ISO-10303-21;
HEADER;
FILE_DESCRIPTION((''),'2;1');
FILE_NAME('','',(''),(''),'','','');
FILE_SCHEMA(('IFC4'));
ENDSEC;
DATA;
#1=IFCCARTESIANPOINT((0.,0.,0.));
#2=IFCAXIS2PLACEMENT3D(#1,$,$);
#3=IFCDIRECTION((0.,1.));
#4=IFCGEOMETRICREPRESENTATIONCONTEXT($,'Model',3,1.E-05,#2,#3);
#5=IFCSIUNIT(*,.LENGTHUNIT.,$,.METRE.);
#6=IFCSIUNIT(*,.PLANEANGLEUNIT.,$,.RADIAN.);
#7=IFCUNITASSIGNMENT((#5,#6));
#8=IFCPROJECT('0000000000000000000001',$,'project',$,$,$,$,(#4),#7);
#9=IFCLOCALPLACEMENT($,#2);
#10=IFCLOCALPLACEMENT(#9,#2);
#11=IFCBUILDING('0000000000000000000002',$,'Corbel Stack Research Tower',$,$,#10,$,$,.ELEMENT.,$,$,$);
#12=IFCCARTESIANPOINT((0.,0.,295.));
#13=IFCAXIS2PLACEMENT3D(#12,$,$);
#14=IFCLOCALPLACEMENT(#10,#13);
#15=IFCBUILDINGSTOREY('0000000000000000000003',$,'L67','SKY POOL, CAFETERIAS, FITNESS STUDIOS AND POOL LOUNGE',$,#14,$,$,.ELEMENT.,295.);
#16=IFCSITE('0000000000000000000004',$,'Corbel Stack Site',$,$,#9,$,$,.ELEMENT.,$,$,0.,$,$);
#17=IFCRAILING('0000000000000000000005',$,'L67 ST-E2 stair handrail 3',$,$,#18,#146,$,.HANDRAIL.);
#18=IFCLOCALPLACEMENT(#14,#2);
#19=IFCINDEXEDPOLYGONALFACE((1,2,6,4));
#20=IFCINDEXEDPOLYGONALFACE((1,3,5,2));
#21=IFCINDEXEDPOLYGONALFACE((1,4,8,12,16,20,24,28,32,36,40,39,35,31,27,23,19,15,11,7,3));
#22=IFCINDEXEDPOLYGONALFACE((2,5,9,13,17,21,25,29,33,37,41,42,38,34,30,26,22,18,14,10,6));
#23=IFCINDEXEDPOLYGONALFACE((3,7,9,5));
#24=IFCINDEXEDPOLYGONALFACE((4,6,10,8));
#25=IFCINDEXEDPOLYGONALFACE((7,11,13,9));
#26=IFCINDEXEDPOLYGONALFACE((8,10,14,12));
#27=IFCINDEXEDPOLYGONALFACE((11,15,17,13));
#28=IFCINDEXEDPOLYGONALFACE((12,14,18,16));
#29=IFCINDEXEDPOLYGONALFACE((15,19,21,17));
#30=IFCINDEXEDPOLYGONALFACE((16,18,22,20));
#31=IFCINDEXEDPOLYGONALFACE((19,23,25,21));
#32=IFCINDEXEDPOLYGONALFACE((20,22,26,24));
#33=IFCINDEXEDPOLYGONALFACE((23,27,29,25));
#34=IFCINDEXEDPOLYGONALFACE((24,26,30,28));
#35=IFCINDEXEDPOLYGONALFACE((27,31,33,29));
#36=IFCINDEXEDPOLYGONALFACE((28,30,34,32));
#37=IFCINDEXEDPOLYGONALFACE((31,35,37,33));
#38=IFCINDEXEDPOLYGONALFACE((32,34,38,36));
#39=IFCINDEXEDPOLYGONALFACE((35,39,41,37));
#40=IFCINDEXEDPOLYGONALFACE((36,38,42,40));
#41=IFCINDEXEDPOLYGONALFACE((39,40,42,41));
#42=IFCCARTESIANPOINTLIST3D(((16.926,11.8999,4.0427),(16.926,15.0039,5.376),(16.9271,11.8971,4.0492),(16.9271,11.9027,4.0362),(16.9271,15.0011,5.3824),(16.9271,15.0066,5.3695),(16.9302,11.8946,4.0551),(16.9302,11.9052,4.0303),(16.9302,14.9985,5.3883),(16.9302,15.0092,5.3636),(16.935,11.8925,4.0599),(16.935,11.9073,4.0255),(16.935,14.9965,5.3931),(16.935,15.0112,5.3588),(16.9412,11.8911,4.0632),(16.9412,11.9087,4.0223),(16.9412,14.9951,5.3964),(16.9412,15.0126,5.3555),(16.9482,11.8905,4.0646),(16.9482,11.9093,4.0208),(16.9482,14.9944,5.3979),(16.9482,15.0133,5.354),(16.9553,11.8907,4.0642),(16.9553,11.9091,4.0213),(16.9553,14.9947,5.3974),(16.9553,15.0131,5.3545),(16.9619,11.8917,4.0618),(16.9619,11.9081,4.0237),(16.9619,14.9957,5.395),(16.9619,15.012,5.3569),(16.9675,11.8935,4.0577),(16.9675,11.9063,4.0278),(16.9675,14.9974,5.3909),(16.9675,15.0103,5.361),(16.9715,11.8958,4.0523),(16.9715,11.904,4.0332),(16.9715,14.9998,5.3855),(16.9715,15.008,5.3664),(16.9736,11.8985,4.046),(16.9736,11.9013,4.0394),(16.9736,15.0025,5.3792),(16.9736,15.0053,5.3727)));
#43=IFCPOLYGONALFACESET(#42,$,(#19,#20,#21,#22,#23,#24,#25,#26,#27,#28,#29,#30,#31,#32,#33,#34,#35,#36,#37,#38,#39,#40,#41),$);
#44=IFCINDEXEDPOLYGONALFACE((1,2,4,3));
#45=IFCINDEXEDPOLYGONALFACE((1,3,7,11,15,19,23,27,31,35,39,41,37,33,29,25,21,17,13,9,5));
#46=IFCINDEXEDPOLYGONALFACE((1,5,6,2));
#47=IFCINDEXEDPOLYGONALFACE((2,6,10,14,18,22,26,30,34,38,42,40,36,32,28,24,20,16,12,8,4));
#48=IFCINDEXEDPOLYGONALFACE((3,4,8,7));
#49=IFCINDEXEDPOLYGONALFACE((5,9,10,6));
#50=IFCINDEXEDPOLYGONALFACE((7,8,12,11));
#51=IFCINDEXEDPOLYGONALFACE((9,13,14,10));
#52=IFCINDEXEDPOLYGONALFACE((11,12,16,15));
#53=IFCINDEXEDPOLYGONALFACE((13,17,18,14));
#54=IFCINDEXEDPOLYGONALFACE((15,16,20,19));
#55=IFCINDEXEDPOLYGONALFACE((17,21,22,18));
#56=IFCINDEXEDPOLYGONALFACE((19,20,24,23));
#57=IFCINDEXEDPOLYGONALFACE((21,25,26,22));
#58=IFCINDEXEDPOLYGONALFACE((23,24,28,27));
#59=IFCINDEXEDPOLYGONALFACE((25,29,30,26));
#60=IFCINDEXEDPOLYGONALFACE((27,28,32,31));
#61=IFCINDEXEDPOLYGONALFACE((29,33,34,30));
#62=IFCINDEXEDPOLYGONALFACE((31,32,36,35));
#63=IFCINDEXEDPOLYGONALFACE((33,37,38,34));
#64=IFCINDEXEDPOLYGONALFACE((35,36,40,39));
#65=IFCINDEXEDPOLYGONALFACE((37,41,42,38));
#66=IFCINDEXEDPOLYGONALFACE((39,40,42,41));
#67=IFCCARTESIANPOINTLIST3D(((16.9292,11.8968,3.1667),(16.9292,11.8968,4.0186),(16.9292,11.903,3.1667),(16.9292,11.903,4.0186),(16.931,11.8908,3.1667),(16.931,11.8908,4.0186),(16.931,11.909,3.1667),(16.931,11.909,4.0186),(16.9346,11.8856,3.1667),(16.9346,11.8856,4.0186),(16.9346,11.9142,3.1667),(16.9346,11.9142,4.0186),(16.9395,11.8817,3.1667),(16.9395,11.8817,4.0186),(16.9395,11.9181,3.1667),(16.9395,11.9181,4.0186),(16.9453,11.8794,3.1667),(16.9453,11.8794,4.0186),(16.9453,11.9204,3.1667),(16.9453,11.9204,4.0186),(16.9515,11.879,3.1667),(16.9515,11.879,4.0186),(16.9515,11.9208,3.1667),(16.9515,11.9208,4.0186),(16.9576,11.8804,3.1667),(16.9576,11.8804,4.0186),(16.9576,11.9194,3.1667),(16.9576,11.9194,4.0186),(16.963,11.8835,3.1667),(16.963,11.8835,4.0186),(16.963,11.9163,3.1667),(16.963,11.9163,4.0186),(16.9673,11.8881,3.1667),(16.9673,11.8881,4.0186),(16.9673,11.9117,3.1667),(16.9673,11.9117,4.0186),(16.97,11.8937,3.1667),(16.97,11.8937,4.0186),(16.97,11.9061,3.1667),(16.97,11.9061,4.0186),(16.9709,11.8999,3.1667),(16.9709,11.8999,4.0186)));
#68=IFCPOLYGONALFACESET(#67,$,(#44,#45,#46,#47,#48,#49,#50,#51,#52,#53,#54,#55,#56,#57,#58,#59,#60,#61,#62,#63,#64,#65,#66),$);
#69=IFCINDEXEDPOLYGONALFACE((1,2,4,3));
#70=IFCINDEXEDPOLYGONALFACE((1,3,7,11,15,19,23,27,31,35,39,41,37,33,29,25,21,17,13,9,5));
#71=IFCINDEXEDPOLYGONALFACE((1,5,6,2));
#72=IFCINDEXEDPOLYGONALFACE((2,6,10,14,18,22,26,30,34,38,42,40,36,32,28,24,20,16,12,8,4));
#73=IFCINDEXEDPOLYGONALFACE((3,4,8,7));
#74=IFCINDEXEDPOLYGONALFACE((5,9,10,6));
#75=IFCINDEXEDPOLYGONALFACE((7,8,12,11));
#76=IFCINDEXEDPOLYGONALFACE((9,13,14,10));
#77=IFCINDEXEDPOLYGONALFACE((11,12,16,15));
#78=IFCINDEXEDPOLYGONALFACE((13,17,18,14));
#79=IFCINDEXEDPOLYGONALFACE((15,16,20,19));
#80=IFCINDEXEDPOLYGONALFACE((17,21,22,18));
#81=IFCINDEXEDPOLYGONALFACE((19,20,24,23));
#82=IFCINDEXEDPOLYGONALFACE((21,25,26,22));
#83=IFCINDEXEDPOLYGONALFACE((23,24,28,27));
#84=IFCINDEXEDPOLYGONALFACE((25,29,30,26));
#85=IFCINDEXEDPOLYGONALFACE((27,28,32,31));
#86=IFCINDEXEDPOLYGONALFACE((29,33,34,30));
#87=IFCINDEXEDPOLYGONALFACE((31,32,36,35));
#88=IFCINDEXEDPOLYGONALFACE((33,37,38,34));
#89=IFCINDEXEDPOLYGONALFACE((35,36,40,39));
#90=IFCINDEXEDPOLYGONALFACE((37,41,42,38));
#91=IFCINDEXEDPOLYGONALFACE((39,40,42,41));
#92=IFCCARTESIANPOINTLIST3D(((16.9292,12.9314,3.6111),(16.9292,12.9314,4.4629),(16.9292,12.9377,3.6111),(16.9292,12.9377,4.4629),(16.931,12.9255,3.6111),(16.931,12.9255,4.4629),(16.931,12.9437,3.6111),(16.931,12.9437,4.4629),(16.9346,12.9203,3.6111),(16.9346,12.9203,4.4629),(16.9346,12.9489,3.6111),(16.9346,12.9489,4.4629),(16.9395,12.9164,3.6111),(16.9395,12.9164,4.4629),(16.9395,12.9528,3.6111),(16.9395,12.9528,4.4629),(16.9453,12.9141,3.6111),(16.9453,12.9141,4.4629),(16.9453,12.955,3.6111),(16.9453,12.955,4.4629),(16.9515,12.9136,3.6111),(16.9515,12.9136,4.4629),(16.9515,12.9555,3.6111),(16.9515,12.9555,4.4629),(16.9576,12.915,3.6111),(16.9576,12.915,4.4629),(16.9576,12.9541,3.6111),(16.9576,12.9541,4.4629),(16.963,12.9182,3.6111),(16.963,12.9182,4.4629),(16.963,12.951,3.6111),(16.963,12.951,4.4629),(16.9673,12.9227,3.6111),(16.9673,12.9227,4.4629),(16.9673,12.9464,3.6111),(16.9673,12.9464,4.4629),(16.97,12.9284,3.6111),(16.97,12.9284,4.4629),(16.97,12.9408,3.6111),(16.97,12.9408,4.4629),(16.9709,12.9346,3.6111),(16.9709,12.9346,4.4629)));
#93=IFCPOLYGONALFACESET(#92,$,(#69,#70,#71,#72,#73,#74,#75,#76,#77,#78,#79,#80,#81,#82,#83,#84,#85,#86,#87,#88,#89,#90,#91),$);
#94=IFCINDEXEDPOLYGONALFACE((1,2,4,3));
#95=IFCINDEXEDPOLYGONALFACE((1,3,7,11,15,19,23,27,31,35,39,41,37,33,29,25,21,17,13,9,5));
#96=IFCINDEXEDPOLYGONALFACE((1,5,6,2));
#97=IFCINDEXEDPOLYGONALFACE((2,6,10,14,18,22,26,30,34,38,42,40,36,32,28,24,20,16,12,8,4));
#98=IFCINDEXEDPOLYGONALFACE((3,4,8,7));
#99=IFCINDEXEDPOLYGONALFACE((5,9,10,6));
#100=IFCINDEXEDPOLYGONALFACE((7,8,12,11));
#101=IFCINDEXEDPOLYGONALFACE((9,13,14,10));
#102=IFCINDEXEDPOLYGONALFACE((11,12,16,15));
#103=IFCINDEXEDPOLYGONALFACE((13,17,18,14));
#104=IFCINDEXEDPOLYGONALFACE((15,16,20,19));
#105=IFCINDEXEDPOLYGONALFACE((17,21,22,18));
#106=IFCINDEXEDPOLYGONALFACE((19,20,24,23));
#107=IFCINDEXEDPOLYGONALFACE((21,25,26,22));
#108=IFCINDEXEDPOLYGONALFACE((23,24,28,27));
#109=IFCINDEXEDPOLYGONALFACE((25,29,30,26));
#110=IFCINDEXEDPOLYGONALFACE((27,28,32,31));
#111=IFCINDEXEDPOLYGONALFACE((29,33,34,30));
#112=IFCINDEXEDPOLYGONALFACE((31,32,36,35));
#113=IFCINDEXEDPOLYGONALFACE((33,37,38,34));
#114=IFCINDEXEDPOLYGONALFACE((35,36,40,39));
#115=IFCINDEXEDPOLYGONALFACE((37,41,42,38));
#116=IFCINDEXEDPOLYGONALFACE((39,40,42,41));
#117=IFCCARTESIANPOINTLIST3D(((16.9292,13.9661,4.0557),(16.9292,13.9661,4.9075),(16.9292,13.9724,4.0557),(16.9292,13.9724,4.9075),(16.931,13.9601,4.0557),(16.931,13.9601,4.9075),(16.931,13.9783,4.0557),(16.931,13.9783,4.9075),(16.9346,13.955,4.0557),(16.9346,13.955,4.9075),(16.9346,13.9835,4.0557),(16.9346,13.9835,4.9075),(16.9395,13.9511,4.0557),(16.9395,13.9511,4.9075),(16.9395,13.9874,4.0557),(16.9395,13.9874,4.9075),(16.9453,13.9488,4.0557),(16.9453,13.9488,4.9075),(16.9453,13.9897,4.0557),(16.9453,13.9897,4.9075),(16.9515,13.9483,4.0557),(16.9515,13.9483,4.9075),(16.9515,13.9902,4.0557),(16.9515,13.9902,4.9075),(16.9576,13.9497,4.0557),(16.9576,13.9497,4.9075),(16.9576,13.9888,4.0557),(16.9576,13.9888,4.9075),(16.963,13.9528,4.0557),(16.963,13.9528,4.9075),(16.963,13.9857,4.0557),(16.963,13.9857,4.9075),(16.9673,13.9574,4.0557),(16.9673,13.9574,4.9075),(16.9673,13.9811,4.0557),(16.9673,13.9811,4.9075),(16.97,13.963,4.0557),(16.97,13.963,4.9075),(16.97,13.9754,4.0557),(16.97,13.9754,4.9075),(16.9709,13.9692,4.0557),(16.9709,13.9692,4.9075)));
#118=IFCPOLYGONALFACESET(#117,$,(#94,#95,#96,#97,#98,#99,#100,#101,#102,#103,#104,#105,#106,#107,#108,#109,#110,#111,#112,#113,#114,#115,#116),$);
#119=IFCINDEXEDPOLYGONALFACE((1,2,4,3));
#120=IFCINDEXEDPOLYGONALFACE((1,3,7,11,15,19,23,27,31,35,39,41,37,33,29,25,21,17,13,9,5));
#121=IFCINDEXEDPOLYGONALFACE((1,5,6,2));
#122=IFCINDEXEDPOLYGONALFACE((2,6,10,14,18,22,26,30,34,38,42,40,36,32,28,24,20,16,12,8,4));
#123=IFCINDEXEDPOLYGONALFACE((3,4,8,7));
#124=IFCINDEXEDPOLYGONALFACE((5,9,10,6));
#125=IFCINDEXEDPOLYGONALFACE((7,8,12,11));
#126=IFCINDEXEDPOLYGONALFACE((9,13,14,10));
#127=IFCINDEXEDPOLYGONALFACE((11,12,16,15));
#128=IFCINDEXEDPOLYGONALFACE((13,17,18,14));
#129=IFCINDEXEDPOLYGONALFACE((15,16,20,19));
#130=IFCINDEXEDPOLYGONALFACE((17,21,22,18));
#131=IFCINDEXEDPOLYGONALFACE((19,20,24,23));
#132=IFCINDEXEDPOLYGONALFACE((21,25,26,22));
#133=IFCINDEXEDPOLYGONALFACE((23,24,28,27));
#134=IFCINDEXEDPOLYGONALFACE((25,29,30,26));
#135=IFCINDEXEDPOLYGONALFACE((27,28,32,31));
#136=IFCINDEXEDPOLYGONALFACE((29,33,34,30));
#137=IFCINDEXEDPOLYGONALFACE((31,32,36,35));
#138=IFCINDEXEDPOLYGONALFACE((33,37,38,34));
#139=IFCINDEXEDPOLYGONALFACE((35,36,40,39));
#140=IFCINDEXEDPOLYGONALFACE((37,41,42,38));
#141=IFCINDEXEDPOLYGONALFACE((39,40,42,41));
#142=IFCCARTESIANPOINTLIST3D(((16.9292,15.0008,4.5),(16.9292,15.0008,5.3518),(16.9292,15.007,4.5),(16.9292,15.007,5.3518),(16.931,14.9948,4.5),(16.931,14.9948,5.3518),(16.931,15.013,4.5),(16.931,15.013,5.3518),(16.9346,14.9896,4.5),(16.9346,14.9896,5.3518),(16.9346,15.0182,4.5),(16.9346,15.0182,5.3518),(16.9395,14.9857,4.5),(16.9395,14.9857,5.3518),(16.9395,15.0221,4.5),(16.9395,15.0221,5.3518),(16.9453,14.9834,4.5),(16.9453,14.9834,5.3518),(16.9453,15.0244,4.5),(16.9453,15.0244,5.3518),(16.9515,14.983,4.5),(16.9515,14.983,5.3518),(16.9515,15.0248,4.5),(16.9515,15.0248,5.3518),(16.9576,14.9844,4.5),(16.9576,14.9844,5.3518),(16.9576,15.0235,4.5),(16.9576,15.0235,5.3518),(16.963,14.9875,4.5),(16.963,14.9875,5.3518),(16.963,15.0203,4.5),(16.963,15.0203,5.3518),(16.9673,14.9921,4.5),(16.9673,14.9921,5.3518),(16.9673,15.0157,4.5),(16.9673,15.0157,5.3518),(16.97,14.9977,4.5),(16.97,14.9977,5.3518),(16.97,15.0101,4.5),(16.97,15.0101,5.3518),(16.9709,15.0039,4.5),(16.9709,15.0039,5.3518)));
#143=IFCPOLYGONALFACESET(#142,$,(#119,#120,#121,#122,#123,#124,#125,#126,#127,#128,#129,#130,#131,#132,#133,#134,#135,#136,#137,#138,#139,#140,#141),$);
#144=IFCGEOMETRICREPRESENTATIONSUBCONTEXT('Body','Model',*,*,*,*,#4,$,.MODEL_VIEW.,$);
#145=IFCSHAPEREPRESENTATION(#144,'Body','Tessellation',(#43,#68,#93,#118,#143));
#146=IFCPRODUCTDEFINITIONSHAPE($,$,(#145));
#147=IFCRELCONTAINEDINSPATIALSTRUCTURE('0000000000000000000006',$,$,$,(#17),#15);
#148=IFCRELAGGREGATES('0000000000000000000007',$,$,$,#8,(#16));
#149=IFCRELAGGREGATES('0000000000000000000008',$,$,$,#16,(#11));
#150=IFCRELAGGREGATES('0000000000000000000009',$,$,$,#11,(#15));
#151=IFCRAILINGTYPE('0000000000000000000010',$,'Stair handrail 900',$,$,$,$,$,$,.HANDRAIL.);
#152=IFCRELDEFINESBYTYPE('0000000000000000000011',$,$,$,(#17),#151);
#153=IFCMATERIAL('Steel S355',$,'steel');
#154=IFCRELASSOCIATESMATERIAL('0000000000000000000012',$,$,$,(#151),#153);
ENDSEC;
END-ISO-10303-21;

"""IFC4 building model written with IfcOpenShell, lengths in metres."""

from ifc_helpers import new_model, si_unit, direction, frame, origin, origin_2d, place, context, subcontext, project, spatial, circle, extrude, material, type_object, element, save


model = new_model("IFC4")

# Units and contexts
model_context = context("Model", 3, precision=1e-05, world=origin(), true_north=direction((0.0, 1.0)))
body_context = subcontext(model_context, "Body", "Model", "MODEL_VIEW")
ifc_project = project(units=[si_unit("LENGTHUNIT", "METRE"), si_unit("PLANEANGLEUNIT", "RADIAN")], contexts=[model_context])

# Site, building, storey
site_placement = place(None, origin())
site = spatial("IfcSite", under=ifc_project, at=site_placement, Name="Corbel Stack Site", CompositionType="ELEMENT", RefElevation=0.0)
building_placement = place(site_placement, origin())
building = spatial("IfcBuilding", under=site, at=building_placement, Name="Corbel Stack Research Tower", CompositionType="ELEMENT")
storey_placement = place(building_placement, frame((0.0, 0.0, 295.0)))
storey = spatial("IfcBuildingStorey", under=building, at=storey_placement, Name="L67", Description="SKY POOL, CAFETERIAS, FITNESS STUDIOS AND POOL LOUNGE", CompositionType="ELEMENT", Elevation=295.0)

# Railing
ifc_material_1 = material(Name="Steel S355", Category="steel")
railing_type_1 = type_object("IfcRailingType", Name="Stair handrail 900", PredefinedType="HANDRAIL", material=ifc_material_1)
for number, where, name in (
    (1, (16.95, 11.8999, 3.1667), "L67 ST-E2 stair handrail 3"),
):
    element("IfcRailing", number, at=place(storey_placement, frame(where)), inside=storey, type_object=railing_type_1, Name=name, PredefinedType="HANDRAIL", context=body_context, shape_type="SweptSolid", body=[
        extrude(circle(Radius=0.0239, at=origin_2d()), frame((0.0, 0.0, 0.876), z_axis=(0.0, 0.918827, 0.394661), x_axis=(-1.0, 0.0, 0.0)), (0.0, 0.0, 1.0), 3.3782),
        extrude(circle(Radius=0.021, at=origin_2d()), origin(), (0.0, 0.0, 1.0), 0.8518),
        extrude(circle(Radius=0.021, at=origin_2d()), frame((0.0, 1.0347, 0.4443)), (0.0, 0.0, 1.0), 0.8518),
        extrude(circle(Radius=0.021, at=origin_2d()), frame((0.0, 2.0693, 0.8889)), (0.0, 0.0, 1.0), 0.8518),
        extrude(circle(Radius=0.021, at=origin_2d()), frame((0.0, 3.104, 1.3333)), (0.0, 0.0, 1.0), 0.8518),
    ])

save(model, "model.ifc")
